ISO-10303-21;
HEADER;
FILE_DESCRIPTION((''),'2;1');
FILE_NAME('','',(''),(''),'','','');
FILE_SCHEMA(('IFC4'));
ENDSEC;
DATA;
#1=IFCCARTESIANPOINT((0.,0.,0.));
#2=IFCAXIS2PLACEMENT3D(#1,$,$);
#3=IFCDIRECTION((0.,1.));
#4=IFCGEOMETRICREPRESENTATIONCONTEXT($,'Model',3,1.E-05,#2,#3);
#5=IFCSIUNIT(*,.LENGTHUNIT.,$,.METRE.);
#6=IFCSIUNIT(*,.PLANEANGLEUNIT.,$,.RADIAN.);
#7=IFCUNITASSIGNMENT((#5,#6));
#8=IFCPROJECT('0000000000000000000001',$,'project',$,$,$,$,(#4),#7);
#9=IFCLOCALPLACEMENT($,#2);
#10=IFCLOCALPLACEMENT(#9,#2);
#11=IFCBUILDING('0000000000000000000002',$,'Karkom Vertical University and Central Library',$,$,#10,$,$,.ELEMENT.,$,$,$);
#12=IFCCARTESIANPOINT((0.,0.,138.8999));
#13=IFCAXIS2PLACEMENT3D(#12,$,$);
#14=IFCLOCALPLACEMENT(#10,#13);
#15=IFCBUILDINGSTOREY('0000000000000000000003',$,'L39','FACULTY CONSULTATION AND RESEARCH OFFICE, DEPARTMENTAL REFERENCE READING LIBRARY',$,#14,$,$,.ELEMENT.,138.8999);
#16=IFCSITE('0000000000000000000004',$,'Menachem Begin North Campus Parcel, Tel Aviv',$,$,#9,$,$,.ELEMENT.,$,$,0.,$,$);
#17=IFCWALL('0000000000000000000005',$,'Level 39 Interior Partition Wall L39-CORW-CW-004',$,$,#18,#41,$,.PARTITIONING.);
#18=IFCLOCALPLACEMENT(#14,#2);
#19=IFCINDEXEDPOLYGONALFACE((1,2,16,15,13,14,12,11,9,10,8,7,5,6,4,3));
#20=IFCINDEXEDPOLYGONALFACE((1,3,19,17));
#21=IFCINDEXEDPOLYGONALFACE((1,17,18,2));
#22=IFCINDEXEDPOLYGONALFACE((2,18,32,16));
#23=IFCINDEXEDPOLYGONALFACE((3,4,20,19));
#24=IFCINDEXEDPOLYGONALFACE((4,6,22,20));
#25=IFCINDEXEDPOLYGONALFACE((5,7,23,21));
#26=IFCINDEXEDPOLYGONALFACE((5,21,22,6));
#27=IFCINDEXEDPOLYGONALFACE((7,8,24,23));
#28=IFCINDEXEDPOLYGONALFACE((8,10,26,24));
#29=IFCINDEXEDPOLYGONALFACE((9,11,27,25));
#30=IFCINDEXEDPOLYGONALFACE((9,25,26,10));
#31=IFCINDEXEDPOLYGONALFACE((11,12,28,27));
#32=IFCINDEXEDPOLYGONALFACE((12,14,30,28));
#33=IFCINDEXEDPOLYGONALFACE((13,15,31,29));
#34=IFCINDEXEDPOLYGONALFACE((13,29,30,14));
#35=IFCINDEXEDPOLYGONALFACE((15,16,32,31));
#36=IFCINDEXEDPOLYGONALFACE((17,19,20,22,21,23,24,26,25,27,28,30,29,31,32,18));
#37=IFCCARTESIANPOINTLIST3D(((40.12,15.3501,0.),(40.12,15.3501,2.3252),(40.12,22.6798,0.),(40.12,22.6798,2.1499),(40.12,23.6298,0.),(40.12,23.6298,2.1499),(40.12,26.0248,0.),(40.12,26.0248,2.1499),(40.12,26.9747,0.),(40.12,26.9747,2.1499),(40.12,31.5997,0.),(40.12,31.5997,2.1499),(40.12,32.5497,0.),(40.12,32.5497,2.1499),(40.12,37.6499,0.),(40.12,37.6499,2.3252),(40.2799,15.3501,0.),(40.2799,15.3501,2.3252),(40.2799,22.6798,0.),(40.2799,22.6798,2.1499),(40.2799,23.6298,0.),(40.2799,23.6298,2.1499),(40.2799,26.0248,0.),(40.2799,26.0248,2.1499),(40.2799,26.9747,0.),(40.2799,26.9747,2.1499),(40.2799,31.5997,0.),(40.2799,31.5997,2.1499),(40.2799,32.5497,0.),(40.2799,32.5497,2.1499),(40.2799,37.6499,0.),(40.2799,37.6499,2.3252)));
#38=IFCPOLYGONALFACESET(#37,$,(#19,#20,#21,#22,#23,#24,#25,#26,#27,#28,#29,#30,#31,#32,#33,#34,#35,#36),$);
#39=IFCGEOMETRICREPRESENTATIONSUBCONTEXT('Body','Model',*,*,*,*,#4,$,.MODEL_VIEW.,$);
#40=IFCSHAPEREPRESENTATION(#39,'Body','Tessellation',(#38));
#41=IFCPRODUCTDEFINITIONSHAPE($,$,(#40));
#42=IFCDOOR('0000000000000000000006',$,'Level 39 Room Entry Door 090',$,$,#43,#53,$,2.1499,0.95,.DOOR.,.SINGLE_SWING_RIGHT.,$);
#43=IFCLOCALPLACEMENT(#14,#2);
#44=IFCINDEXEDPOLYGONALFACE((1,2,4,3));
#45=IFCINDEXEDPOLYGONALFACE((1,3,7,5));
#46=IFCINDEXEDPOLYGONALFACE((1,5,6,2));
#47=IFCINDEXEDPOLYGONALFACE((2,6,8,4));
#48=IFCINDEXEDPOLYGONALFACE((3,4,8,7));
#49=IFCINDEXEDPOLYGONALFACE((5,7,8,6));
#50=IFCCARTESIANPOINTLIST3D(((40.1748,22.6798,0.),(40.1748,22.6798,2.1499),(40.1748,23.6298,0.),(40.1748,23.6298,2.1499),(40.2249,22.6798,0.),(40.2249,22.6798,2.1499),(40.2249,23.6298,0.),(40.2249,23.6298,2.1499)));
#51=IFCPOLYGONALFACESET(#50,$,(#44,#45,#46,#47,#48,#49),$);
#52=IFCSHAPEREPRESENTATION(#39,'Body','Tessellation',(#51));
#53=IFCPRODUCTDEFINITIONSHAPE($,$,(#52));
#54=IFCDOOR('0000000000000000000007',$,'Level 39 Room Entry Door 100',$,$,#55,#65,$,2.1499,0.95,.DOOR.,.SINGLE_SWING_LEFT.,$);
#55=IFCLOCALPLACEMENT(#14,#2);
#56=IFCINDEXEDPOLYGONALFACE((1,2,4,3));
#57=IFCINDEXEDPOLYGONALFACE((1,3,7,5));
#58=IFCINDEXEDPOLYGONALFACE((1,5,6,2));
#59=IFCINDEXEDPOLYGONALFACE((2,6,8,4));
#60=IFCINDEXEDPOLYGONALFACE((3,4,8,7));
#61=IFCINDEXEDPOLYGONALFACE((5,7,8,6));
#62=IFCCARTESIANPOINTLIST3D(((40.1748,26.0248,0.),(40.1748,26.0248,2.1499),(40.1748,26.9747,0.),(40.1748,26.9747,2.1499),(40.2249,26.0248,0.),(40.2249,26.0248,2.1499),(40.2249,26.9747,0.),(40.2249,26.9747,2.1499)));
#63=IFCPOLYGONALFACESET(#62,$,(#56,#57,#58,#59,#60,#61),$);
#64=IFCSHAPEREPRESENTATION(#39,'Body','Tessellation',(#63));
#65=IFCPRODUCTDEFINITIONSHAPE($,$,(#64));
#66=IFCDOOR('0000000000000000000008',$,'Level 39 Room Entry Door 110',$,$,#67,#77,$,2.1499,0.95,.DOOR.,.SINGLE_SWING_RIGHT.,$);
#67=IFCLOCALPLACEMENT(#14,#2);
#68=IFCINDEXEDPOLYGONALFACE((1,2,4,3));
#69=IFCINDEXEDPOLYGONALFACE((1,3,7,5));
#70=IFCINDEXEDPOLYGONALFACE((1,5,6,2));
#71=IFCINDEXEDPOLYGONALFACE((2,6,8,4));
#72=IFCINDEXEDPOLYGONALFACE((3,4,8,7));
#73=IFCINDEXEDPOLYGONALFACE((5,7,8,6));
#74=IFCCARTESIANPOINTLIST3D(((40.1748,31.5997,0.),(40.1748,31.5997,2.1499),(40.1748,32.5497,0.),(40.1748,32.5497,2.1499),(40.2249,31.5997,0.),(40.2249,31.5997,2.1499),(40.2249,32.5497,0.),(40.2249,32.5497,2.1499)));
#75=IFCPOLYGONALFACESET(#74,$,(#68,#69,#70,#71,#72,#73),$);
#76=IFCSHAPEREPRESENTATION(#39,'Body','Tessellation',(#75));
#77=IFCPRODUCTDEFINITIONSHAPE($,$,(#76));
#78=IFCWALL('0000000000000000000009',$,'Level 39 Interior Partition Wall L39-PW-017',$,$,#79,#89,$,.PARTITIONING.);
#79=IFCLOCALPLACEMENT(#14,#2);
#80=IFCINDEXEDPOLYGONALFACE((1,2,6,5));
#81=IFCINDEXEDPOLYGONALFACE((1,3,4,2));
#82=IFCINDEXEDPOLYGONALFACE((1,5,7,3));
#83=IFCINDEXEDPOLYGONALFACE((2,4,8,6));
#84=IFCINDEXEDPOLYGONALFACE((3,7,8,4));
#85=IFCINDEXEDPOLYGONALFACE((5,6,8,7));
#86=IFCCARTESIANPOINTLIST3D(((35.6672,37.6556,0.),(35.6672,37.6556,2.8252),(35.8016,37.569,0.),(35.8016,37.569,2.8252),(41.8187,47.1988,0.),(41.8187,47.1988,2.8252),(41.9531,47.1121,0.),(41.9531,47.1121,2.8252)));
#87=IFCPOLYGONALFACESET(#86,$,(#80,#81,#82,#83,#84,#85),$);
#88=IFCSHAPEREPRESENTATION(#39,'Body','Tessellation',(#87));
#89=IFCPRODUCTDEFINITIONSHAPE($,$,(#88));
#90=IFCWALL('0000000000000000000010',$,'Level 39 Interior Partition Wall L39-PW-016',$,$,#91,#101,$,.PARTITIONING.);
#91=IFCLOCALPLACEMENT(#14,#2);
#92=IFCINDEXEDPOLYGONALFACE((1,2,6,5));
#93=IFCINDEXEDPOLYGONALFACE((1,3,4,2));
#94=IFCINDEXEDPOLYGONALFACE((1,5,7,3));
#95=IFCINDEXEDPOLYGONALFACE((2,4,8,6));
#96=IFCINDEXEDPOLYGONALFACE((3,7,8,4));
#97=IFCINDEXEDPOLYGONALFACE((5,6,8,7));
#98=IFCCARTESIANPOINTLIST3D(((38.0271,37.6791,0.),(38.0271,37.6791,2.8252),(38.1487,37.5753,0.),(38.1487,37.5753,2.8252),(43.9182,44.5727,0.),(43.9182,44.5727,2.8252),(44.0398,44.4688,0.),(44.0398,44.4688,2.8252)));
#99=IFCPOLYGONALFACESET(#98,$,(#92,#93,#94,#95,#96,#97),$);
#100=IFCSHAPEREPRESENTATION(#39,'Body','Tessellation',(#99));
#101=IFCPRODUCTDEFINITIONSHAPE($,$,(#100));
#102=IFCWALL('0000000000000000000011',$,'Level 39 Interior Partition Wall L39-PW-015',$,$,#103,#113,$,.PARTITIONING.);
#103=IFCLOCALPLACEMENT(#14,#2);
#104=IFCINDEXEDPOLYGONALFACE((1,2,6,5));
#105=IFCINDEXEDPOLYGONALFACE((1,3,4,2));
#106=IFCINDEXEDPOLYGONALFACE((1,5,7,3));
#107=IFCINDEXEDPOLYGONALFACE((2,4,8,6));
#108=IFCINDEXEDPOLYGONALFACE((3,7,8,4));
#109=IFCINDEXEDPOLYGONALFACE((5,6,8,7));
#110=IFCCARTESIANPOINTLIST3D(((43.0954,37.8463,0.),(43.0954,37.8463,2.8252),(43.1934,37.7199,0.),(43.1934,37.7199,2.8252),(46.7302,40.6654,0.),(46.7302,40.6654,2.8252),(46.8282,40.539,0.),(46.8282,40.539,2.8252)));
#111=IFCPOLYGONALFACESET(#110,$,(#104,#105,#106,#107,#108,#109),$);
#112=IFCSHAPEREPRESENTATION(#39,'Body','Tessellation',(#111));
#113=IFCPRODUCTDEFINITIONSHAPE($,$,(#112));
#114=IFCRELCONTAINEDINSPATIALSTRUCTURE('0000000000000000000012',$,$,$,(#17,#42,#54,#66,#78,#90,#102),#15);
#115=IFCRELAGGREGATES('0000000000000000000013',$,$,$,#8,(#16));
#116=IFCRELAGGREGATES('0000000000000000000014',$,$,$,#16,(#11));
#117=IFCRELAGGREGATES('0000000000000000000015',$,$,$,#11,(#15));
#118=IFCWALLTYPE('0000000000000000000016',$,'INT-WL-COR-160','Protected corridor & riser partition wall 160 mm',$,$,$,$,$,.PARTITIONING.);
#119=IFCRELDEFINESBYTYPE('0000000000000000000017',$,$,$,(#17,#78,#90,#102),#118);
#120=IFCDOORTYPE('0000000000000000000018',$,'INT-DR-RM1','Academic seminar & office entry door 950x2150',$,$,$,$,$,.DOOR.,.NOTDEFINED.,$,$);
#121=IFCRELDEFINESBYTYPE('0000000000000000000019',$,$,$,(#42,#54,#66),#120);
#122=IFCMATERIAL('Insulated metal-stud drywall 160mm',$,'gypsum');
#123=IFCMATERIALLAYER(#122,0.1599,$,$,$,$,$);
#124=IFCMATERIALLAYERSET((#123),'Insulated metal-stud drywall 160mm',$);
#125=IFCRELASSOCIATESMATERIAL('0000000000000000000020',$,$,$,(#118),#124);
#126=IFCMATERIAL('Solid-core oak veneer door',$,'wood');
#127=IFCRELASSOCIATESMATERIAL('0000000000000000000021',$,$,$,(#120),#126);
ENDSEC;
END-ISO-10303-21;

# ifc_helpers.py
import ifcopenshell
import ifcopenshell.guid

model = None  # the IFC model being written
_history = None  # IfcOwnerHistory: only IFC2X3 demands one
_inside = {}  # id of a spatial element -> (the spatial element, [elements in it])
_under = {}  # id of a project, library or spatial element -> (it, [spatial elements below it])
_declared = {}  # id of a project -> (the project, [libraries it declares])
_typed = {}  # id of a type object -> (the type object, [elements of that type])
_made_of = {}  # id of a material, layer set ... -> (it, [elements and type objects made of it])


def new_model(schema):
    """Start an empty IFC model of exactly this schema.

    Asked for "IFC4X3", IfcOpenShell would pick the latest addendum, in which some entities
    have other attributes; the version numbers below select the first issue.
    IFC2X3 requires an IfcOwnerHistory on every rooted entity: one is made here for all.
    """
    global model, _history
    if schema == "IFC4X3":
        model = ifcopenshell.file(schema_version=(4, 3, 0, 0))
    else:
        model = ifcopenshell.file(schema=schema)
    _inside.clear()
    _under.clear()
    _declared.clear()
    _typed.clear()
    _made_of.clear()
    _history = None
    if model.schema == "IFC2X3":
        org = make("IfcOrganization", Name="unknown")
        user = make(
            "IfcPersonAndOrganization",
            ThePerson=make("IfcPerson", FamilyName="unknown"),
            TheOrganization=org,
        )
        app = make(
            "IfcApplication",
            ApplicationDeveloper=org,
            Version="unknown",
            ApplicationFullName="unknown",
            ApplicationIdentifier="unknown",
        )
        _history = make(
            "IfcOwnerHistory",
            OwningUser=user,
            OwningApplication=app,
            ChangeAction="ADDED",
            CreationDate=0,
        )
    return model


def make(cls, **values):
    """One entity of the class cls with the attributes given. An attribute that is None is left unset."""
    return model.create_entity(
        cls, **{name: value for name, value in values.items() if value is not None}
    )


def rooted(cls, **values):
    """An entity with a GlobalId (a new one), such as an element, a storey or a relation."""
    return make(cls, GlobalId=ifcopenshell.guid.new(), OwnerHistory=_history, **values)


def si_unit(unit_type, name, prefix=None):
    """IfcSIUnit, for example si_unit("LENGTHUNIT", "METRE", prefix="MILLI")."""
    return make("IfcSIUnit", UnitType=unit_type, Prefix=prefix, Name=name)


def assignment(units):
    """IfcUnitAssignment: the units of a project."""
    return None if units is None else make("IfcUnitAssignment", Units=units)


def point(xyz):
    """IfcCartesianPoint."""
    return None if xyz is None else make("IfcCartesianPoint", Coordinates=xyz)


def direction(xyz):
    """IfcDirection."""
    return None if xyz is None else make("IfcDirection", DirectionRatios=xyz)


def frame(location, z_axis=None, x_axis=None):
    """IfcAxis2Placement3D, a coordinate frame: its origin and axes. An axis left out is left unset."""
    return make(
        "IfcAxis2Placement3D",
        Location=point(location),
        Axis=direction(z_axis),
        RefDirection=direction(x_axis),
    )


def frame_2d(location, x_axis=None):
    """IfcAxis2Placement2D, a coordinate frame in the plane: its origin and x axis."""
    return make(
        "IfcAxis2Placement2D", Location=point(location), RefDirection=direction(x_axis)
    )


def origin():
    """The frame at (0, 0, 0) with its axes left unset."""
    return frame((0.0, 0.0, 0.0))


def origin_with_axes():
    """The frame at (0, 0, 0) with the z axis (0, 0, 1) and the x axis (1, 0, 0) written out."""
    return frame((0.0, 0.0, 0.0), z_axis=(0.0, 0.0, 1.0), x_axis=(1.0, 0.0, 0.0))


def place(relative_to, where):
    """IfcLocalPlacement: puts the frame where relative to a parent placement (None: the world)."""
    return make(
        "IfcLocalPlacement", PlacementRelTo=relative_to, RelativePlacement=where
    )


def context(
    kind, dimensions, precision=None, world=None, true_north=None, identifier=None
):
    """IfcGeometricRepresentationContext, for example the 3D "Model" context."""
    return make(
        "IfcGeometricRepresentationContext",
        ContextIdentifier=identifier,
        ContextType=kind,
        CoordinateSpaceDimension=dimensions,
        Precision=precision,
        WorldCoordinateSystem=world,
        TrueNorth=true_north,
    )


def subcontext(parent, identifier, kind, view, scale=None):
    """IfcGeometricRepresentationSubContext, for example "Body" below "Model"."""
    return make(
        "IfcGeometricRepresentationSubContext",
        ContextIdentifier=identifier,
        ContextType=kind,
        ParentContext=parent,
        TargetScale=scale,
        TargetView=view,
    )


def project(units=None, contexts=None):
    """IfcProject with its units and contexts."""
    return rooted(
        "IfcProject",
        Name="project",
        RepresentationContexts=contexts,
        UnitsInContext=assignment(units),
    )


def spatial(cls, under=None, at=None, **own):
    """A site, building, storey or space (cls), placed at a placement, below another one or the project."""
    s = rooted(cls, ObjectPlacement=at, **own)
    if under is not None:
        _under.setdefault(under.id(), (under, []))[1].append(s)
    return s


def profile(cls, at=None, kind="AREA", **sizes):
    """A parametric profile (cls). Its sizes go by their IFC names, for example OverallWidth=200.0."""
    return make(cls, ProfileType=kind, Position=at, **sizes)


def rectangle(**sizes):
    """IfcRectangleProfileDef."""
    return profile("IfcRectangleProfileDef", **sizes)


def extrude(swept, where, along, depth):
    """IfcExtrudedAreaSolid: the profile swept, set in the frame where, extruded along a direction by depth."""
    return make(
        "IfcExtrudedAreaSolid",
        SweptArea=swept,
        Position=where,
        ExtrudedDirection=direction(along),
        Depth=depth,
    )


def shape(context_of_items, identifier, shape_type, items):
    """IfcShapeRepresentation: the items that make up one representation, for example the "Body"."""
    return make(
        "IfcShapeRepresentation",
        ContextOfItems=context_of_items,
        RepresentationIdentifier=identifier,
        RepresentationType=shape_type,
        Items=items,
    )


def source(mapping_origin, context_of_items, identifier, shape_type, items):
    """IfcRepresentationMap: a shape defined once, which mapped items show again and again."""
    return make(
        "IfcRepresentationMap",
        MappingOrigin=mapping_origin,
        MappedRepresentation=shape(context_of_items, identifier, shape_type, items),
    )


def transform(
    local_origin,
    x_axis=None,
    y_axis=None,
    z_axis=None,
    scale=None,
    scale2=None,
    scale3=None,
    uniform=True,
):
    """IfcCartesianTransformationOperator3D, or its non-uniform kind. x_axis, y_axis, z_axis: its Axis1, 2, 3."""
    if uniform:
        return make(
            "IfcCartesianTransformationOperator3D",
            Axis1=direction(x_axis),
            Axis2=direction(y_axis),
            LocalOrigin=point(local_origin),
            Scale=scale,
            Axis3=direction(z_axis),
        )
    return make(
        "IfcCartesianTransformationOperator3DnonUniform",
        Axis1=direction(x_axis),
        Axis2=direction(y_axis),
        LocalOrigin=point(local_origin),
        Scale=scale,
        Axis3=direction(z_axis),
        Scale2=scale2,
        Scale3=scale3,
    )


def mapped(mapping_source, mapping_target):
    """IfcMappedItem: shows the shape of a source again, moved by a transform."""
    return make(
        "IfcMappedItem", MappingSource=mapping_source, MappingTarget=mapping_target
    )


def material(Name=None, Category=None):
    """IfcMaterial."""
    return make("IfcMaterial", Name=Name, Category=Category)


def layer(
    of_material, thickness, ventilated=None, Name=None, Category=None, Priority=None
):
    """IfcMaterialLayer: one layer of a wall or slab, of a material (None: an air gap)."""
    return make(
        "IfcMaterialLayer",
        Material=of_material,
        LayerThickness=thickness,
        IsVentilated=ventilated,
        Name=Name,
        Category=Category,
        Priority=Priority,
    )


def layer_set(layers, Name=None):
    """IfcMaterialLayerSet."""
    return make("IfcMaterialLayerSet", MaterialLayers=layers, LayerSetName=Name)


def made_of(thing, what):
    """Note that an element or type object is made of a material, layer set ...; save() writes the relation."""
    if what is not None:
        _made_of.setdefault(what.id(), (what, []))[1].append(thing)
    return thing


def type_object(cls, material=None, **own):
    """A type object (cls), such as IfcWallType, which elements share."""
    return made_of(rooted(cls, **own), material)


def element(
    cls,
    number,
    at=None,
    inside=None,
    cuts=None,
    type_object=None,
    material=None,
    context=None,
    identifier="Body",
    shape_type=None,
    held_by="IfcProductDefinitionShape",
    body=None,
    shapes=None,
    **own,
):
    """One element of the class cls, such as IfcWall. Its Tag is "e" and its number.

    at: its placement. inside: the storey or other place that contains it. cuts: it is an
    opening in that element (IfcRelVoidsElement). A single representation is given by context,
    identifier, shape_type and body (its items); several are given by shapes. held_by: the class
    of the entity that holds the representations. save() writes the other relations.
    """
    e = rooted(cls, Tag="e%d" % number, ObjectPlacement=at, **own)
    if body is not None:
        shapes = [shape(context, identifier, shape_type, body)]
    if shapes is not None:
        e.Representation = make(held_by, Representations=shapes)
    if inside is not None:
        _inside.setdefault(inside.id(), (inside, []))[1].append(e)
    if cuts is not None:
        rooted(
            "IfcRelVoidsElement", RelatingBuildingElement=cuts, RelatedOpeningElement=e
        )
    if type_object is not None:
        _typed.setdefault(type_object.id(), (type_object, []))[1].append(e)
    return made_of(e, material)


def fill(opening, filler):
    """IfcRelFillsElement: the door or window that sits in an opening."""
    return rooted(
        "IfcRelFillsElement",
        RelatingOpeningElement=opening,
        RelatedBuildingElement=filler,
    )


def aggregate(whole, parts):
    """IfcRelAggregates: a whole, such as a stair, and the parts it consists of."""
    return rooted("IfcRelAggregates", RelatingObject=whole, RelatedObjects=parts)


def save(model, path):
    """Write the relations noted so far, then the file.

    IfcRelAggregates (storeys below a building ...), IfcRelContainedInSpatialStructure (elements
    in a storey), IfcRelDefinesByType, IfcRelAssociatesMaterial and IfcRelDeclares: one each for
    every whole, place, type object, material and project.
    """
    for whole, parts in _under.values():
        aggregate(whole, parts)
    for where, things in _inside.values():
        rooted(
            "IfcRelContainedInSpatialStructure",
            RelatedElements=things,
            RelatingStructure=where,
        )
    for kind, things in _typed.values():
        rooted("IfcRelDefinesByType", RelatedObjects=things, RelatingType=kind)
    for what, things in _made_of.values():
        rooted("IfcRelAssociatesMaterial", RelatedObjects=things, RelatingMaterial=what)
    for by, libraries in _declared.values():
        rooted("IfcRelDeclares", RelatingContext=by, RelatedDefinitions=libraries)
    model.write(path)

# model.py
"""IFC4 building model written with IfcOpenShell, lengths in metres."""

from ifc_helpers import new_model, si_unit, direction, frame, frame_2d, origin, origin_with_axes, place, context, subcontext, project, spatial, rectangle, extrude, source, transform, mapped, material, layer, layer_set, type_object, element, fill, save


model = new_model("IFC4")

# Units and contexts
model_context = context("Model", 3, precision=1e-05, world=origin(), true_north=direction((0.0, 1.0)))
body_context = subcontext(model_context, "Body", "Model", "MODEL_VIEW")
ifc_project = project(units=[si_unit("LENGTHUNIT", "METRE"), si_unit("PLANEANGLEUNIT", "RADIAN")], contexts=[model_context])

# Site, building, storey
site_placement = place(None, origin())
site = spatial("IfcSite", under=ifc_project, at=site_placement, Name="Menachem Begin North Campus Parcel, Tel Aviv", CompositionType="ELEMENT", RefElevation=0.0)
building_placement = place(site_placement, origin())
building = spatial("IfcBuilding", under=site, at=building_placement, Name="Karkom Vertical University and Central Library", CompositionType="ELEMENT")
storey_placement = place(building_placement, frame((0.0, 0.0, 138.8999)))
storey = spatial("IfcBuildingStorey", under=building, at=storey_placement, Name="L39", Description="FACULTY CONSULTATION AND RESEARCH OFFICE, DEPARTMENTAL REFERENCE READING LIBRARY", CompositionType="ELEMENT", Elevation=138.8999)

# Wall, openings, doors
ifc_material_1 = material(Name="Insulated metal-stud drywall 160mm", Category="gypsum")
ifc_layer_1 = layer(ifc_material_1, 0.1599)
ifc_layer_set_1 = layer_set([ifc_layer_1], Name="Insulated metal-stud drywall 160mm")
wall_type_1 = type_object("IfcWallType", Name="INT-WL-COR-160", Description="Protected corridor & riser partition wall 160 mm", PredefinedType="PARTITIONING", material=ifc_layer_set_1)
wall_1_placement = place(storey_placement, frame((40.2, 37.6499, 0.0), z_axis=(0.0, 0.0, 1.0), x_axis=(0.0, -1.0, 0.0)))
wall_1 = element("IfcWall", 1, at=wall_1_placement, inside=storey, type_object=wall_type_1, Name="Level 39 Interior Partition Wall L39-CORW-CW-004", PredefinedType="PARTITIONING", context=body_context, shape_type="SweptSolid", body=[
    extrude(rectangle(XDim=22.2998, YDim=0.1599, at=frame_2d((11.1499, 0.0))), origin(), (0.0, 0.0, 1.0), 2.3252),
])
opening_1_placement = place(wall_1_placement, frame((14.02, 0.0, 0.0)))
opening_1 = element("IfcOpeningElement", 2, at=opening_1_placement, cuts=wall_1, PredefinedType="OPENING", context=body_context, shape_type="SweptSolid", body=[
    extrude(rectangle(XDim=0.95, YDim=2.1499, at=frame_2d((0.4751, 1.075))), frame((0.0, 0.0898, 0.0), z_axis=(0.0, -1.0, 0.0), x_axis=(1.0, 0.0, 0.0)), (0.0, 0.0, 1.0), 0.1799),
])
opening_2_placement = place(wall_1_placement, frame((10.675, 0.0, 0.0)))
opening_2 = element("IfcOpeningElement", 3, at=opening_2_placement, cuts=wall_1, PredefinedType="OPENING", context=body_context, shape_type="SweptSolid", body=[
    extrude(rectangle(XDim=0.95, YDim=2.1499, at=frame_2d((0.4751, 1.075))), frame((0.0, 0.0898, 0.0), z_axis=(0.0, -1.0, 0.0), x_axis=(1.0, 0.0, 0.0)), (0.0, 0.0, 1.0), 0.1799),
])
opening_3_placement = place(wall_1_placement, frame((5.1001, 0.0, 0.0)))
opening_3 = element("IfcOpeningElement", 4, at=opening_3_placement, cuts=wall_1, PredefinedType="OPENING", context=body_context, shape_type="SweptSolid", body=[
    extrude(rectangle(XDim=0.95, YDim=2.1499, at=frame_2d((0.4751, 1.075))), frame((0.0, 0.0898, 0.0), z_axis=(0.0, -1.0, 0.0), x_axis=(1.0, 0.0, 0.0)), (0.0, 0.0, 1.0), 0.1799),
])
ifc_material_2 = material(Name="Solid-core oak veneer door", Category="wood")
door_type = type_object("IfcDoorType", Name="INT-DR-RM1", Description="Academic seminar & office entry door 950x2150", OperationType="NOTDEFINED", PredefinedType="DOOR", material=ifc_material_2)
shared_shape_1 = source(origin_with_axes(), body_context, "Body", "SweptSolid", [
    extrude(rectangle(XDim=0.95, YDim=2.1499, at=frame_2d((0.4751, 1.075))), frame((0.0, 0.0249, 0.0), z_axis=(0.0, -1.0, 0.0), x_axis=(1.0, 0.0, 0.0)), (0.0, 0.0, 1.0), 0.05),
])
door_1_placement = place(opening_1_placement, origin())
door_1 = element("IfcDoor", 5, at=door_1_placement, inside=storey, type_object=door_type, Name="Level 39 Room Entry Door 090", OperationType="SINGLE_SWING_RIGHT", OverallHeight=2.1499, OverallWidth=0.95, PredefinedType="DOOR", context=body_context, shape_type="MappedRepresentation", body=[
    mapped(shared_shape_1, transform((0.0, 0.0, 0.0), scale=1.0)),
])
fill(opening_1, door_1)
door_2_placement = place(opening_2_placement, origin())
door_2 = element("IfcDoor", 6, at=door_2_placement, inside=storey, type_object=door_type, Name="Level 39 Room Entry Door 100", OperationType="SINGLE_SWING_LEFT", OverallHeight=2.1499, OverallWidth=0.95, PredefinedType="DOOR", context=body_context, shape_type="MappedRepresentation", body=[
    mapped(shared_shape_1, transform((0.0, 0.0, 0.0), scale=1.0)),
])
fill(opening_2, door_2)
door_3_placement = place(opening_3_placement, origin())
door_3 = element("IfcDoor", 7, at=door_3_placement, inside=storey, type_object=door_type, Name="Level 39 Room Entry Door 110", OperationType="SINGLE_SWING_RIGHT", OverallHeight=2.1499, OverallWidth=0.95, PredefinedType="DOOR", context=body_context, shape_type="MappedRepresentation", body=[
    mapped(shared_shape_1, transform((0.0, 0.0, 0.0), scale=1.0)),
])
fill(opening_3, door_3)

# Walls
wall_2_placement = place(storey_placement, frame((35.7344, 37.6123, 0.0), z_axis=(0.0, 0.0, 1.0), x_axis=(0.541797, 0.840509, 0.0)))
element("IfcWall", 8, at=wall_2_placement, inside=storey, type_object=wall_type_1, Name="Level 39 Interior Partition Wall L39-PW-017", PredefinedType="PARTITIONING", context=body_context, shape_type="SweptSolid", body=[
    extrude(rectangle(XDim=11.354, YDim=0.1599, at=frame_2d((5.677, 0.0))), origin(), (0.0, 0.0, 1.0), 2.8252),
])
wall_3_placement = place(storey_placement, frame((38.0879, 37.6272, 0.0), z_axis=(0.0, 0.0, 1.0), x_axis=(0.649669, 0.760217, 0.0)))
element("IfcWall", 9, at=wall_3_placement, inside=storey, type_object=wall_type_1, Name="Level 39 Interior Partition Wall L39-PW-016", PredefinedType="PARTITIONING", context=body_context, shape_type="SweptSolid", body=[
    extrude(rectangle(XDim=9.0679, YDim=0.1599, at=frame_2d((4.5339, 0.0))), origin(), (0.0, 0.0, 1.0), 2.8252),
])
wall_4_placement = place(storey_placement, frame((43.1445, 37.7832, 0.0), z_axis=(0.0, 0.0, 1.0), x_axis=(0.790189, 0.612863, 0.0)))
element("IfcWall", 10, at=wall_4_placement, inside=storey, type_object=wall_type_1, Name="Level 39 Interior Partition Wall L39-PW-015", PredefinedType="PARTITIONING", context=body_context, shape_type="SweptSolid", body=[
    extrude(rectangle(XDim=4.5999, YDim=0.1599, at=frame_2d((2.2998, 0.0))), origin(), (0.0, 0.0, 1.0), 2.8252),
])

save(model, "model.ifc")
